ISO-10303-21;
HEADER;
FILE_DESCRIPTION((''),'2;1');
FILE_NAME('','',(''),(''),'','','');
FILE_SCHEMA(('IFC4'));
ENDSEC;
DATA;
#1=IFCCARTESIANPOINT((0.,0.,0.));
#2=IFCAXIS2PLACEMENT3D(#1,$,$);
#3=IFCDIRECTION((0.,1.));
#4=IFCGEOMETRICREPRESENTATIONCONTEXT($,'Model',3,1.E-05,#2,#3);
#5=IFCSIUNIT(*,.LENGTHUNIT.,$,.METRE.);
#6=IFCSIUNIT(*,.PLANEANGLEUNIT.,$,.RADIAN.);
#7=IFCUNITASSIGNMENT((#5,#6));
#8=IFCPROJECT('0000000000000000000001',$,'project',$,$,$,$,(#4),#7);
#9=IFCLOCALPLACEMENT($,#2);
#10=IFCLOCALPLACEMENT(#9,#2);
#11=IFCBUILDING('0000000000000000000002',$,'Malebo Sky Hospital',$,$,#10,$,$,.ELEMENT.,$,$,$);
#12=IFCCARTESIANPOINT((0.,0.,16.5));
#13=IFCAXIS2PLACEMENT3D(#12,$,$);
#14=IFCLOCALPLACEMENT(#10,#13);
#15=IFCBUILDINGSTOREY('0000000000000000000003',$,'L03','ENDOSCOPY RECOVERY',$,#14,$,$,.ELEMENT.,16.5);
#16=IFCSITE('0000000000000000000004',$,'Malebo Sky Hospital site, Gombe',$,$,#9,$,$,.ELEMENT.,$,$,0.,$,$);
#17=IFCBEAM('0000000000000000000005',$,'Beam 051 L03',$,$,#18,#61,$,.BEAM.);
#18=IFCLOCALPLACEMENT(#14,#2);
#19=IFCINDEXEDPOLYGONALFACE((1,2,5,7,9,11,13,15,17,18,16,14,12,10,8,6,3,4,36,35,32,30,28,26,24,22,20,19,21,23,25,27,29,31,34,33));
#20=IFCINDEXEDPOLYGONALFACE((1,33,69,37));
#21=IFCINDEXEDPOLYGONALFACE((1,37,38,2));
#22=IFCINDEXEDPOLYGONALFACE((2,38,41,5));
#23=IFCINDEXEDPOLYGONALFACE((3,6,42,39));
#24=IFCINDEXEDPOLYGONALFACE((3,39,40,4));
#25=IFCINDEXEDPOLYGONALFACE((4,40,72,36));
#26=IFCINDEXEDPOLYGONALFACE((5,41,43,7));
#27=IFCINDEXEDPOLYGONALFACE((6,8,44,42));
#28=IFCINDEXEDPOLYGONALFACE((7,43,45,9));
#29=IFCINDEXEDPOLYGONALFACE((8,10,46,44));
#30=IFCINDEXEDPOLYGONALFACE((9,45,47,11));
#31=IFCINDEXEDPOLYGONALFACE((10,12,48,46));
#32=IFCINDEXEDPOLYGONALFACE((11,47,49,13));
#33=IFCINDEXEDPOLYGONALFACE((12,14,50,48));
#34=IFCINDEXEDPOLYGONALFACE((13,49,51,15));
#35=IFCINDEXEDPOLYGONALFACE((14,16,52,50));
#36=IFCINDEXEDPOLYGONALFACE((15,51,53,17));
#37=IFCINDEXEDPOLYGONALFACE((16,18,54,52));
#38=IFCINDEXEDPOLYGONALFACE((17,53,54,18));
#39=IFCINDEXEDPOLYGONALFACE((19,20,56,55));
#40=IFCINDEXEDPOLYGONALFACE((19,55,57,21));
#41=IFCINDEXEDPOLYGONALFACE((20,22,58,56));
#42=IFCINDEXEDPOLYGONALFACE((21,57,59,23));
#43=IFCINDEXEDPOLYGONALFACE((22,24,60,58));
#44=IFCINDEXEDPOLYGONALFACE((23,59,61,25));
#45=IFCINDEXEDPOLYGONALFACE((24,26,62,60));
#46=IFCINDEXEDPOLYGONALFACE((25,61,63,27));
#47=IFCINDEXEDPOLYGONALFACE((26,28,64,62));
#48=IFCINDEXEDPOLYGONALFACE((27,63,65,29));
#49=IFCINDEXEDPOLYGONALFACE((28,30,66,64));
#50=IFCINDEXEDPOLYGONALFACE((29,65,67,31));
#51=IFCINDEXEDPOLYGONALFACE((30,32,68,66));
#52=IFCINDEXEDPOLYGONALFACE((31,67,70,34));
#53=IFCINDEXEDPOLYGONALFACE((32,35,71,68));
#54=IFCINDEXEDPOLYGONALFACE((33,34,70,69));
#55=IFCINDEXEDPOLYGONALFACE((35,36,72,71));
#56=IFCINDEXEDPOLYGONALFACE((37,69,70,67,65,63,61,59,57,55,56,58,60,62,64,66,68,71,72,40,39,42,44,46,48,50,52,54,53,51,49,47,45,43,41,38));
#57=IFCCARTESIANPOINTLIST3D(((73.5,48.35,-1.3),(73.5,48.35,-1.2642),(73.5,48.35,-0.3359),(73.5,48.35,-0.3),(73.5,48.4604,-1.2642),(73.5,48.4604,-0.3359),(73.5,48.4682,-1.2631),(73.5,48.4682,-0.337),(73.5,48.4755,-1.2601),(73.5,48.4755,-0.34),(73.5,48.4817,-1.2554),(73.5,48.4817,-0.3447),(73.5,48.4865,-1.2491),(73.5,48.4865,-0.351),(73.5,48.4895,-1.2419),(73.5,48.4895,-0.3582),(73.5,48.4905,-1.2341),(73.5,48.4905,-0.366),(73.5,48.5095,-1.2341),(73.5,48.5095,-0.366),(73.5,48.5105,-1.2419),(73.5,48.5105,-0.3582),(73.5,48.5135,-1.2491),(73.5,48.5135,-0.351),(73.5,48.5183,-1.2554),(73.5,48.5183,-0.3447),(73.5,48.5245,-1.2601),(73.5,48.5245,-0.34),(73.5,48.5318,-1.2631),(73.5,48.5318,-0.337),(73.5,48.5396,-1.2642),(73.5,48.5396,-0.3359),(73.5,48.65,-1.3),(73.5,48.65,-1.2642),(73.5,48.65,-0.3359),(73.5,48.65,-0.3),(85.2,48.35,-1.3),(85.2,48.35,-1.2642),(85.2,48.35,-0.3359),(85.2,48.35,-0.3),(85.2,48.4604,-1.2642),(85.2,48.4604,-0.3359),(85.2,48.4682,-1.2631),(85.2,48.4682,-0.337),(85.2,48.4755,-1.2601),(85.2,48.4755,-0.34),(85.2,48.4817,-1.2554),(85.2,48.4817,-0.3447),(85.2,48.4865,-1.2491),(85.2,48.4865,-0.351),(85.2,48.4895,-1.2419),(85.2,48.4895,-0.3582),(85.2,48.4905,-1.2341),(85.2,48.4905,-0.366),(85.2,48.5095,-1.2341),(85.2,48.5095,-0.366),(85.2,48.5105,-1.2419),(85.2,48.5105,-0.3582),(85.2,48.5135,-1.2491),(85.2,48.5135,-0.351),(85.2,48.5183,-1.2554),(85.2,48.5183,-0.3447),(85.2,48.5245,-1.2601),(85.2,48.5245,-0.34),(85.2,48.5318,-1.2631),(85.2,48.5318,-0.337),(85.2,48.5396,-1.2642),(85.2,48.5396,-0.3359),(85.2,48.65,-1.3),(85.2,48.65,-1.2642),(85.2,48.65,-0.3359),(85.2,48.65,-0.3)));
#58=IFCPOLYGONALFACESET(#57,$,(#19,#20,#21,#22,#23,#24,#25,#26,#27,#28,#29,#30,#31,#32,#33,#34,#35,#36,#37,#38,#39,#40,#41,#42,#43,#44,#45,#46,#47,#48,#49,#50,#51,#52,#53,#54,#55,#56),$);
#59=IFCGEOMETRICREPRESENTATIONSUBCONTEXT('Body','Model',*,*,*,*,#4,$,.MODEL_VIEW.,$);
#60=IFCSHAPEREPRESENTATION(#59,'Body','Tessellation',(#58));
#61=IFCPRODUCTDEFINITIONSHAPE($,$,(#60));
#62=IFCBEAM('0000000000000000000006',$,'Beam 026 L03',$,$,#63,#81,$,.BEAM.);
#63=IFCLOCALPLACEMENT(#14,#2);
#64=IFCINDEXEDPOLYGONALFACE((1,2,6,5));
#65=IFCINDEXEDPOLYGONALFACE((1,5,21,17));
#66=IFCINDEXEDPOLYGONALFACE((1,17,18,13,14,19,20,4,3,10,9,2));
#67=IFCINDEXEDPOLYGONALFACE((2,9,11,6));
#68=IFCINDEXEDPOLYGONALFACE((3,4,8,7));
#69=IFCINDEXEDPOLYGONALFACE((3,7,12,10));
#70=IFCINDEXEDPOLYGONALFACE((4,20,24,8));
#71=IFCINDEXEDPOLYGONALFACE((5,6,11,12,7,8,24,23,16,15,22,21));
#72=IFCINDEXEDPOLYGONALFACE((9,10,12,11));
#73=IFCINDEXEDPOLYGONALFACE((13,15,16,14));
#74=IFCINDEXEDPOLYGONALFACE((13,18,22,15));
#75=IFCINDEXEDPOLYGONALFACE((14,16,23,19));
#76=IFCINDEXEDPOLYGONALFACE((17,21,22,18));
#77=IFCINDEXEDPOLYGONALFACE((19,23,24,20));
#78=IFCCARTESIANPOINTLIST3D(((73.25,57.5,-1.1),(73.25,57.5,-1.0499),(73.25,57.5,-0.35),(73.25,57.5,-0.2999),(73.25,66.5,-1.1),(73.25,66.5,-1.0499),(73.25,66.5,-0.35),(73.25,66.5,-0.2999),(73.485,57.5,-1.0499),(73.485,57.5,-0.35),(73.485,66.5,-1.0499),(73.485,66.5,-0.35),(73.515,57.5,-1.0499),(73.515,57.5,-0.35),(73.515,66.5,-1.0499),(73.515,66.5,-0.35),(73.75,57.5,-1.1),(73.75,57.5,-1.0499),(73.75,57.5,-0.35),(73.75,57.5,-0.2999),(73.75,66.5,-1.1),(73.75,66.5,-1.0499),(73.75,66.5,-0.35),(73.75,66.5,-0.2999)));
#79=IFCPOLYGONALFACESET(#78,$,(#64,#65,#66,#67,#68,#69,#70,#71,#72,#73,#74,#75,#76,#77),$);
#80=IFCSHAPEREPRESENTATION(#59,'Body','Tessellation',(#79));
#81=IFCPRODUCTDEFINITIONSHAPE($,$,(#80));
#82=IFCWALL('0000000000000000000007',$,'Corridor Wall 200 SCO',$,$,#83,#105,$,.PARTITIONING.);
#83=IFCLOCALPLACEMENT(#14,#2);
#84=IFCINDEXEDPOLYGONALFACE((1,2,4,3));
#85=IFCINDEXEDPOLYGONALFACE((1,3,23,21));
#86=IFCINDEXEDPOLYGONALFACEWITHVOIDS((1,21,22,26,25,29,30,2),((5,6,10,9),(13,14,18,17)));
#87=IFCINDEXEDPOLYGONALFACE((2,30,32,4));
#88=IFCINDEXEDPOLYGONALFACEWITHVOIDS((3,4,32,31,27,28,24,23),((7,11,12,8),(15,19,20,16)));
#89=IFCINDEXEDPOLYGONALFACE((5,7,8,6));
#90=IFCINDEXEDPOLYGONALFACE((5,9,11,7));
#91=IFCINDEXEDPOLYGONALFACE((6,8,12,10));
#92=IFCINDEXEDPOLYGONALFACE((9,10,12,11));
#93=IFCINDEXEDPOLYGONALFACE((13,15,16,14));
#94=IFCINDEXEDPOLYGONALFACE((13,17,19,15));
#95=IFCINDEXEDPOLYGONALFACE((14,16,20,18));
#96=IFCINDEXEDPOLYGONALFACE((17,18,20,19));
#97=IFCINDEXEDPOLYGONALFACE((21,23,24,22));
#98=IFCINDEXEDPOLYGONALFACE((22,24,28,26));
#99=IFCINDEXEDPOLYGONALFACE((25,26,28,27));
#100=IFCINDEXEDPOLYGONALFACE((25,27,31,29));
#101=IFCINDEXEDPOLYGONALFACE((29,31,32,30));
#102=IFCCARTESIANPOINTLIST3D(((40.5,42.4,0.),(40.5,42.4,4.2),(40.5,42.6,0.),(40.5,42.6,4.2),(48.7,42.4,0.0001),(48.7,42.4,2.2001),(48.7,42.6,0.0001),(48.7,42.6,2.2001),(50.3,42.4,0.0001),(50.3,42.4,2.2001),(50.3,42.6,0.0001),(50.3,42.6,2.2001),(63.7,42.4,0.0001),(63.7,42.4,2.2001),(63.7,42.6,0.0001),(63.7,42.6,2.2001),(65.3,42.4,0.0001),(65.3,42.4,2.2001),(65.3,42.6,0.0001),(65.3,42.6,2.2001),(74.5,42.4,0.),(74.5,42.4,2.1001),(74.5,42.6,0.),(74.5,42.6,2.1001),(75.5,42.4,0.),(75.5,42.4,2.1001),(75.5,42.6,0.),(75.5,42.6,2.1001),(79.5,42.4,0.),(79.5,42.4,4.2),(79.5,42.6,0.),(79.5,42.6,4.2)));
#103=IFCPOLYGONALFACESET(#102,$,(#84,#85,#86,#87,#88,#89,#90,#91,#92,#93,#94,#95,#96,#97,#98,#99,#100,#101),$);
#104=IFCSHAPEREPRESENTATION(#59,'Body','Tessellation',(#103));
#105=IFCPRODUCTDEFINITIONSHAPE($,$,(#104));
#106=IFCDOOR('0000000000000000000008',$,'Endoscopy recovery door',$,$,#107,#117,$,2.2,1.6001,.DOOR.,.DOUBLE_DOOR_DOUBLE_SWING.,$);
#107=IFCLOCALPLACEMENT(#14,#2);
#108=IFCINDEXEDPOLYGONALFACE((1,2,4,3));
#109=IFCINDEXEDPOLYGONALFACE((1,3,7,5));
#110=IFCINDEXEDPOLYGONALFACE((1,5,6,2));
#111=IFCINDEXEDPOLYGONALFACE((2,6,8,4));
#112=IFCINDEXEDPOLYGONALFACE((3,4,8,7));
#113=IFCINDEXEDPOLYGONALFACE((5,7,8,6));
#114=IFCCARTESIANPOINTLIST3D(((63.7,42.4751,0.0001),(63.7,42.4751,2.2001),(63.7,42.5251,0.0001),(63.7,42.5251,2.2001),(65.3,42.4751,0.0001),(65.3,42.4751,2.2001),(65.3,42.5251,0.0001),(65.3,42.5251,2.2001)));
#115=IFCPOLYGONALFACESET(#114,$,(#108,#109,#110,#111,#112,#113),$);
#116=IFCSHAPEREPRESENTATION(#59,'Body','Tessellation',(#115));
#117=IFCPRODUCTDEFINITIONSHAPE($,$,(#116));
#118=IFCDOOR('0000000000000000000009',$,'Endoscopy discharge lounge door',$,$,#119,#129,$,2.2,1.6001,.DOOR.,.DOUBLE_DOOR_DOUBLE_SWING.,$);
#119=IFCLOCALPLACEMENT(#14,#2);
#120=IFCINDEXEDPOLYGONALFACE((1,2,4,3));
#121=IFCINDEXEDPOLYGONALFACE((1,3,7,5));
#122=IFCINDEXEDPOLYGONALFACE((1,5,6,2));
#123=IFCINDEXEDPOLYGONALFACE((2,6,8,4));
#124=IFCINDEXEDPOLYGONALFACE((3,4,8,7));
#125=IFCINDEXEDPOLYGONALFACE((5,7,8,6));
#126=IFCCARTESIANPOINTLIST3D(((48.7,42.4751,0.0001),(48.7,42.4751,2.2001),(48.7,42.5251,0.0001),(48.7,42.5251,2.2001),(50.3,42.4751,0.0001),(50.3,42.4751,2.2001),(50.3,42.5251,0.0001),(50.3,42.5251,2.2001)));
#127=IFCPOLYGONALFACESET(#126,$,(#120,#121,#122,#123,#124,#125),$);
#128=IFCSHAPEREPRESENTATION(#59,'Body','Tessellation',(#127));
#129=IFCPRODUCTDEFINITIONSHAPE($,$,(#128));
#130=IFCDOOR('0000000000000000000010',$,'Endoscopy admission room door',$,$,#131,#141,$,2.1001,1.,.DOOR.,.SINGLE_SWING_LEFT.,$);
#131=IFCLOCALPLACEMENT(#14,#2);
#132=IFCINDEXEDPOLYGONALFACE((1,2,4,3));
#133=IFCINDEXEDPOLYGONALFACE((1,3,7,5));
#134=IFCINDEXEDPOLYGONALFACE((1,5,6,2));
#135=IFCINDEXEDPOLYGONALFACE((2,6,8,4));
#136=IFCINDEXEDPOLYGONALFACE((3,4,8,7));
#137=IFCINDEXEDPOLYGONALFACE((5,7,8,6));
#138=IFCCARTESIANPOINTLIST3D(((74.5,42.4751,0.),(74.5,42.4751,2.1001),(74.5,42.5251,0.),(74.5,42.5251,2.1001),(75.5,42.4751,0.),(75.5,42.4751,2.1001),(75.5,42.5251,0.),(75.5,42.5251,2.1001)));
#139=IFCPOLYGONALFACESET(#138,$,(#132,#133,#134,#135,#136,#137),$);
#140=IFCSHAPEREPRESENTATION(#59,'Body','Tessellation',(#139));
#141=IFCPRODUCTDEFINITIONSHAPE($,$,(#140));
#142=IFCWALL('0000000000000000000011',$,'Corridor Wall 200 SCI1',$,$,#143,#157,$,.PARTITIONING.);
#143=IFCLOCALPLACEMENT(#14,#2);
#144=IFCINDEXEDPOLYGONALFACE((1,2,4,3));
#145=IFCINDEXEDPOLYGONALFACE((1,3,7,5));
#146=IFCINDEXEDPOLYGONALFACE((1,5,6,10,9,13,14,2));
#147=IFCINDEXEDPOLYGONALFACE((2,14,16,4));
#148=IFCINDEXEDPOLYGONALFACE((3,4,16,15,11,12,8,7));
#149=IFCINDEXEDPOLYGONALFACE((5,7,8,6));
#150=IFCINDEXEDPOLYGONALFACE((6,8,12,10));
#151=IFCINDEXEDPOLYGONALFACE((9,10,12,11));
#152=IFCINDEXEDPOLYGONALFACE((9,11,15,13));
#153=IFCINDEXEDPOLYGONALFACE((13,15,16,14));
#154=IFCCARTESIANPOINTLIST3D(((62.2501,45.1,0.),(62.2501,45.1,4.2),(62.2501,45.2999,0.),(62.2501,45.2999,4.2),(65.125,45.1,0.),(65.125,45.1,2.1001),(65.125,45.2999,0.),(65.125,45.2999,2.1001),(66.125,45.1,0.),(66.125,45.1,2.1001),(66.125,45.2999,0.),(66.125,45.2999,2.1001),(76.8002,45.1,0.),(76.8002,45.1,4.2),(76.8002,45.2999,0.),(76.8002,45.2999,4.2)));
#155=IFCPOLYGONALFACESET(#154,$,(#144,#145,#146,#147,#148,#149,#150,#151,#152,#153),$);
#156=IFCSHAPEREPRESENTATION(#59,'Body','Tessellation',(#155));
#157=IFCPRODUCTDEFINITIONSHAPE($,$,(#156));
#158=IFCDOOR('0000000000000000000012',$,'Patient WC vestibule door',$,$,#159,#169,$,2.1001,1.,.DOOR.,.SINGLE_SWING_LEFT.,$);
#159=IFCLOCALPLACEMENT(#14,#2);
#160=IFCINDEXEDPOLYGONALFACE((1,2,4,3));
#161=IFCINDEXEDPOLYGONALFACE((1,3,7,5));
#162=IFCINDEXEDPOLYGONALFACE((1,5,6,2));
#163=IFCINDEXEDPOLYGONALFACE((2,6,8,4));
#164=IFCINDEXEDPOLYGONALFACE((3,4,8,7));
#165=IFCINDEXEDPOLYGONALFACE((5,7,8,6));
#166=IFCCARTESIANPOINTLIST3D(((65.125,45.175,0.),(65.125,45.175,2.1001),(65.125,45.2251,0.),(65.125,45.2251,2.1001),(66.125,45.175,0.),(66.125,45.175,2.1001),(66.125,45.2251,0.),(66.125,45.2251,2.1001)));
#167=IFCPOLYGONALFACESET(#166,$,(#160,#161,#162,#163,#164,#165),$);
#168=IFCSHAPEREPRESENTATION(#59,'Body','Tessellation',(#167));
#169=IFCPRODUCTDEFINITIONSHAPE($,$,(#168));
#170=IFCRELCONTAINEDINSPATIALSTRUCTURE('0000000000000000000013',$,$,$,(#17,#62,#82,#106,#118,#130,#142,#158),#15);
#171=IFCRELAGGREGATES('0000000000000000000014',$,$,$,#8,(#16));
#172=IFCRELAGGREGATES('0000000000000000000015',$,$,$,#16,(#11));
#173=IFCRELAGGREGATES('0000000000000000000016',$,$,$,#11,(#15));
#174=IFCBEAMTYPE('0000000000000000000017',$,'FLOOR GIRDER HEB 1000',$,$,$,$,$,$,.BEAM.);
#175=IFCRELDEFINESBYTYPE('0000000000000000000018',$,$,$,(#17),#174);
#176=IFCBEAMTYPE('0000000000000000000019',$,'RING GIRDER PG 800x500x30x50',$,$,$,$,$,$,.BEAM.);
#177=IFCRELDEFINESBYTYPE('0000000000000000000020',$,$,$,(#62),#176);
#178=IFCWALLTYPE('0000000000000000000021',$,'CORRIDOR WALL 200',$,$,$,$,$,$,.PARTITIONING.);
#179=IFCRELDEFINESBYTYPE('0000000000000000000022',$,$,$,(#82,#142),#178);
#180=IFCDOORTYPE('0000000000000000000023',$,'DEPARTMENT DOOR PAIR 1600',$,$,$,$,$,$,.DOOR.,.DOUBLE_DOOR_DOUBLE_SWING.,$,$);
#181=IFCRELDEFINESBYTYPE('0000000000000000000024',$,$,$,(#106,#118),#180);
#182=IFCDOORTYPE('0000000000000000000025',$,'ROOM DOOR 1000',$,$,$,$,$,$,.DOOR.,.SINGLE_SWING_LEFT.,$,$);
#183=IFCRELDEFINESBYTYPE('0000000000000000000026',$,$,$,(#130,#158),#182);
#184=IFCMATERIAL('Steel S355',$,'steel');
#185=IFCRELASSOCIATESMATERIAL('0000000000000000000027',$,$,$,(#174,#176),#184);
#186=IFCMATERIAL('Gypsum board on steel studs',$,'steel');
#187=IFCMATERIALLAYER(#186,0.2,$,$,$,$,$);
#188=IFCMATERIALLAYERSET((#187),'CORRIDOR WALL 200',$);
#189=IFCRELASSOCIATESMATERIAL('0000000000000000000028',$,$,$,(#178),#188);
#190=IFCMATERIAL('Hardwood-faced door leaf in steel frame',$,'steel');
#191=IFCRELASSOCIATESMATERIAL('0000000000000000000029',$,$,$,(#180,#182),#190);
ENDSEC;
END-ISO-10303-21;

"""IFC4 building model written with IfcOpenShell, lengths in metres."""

from ifc_helpers import new_model, si_unit, direction, frame, frame_2d, origin, origin_2d, place, context, subcontext, project, spatial, rectangle, i_section, extrude, material, layer, layer_set, material_profile, profile_set, type_object, element, fill, save


model = new_model("IFC4")

# Units and contexts
model_context = context("Model", 3, precision=1e-05, world=origin(), true_north=direction((0.0, 1.0)))
body_context = subcontext(model_context, "Body", "Model", "MODEL_VIEW")
ifc_project = project(units=[si_unit("LENGTHUNIT", "METRE"), si_unit("PLANEANGLEUNIT", "RADIAN")], contexts=[model_context])

# Site, building, storey
site_placement = place(None, origin())
site = spatial("IfcSite", under=ifc_project, at=site_placement, Name="Malebo Sky Hospital site, Gombe", CompositionType="ELEMENT", RefElevation=0.0)
building_placement = place(site_placement, origin())
building = spatial("IfcBuilding", under=site, at=building_placement, Name="Malebo Sky Hospital", CompositionType="ELEMENT")
storey_placement = place(building_placement, frame((0.0, 0.0, 16.5)))
storey = spatial("IfcBuildingStorey", under=building, at=storey_placement, Name="L03", Description="ENDOSCOPY RECOVERY", CompositionType="ELEMENT", Elevation=16.5)

# Beams
ifc_material_1 = material(Name="Steel S355", Category="steel")
ifc_material_profile_1 = material_profile(ifc_material_1, i_section(OverallWidth=0.3, OverallDepth=1.0, WebThickness=0.019, FlangeThickness=0.0359, FilletRadius=0.03, at=origin_2d()), Name="HEB 1000")
ifc_profile_set_1 = profile_set([ifc_material_profile_1], Name="Steel S355")
beam_type_1 = type_object("IfcBeamType", Name="FLOOR GIRDER HEB 1000", PredefinedType="BEAM", material=ifc_profile_set_1)
beam_1_placement = place(storey_placement, frame((73.5, 48.5, -0.8), z_axis=(1.0, 0.0, 0.0), x_axis=(0.0, 1.0, 0.0)))
element("IfcBeam", 1, at=beam_1_placement, inside=storey, type_object=beam_type_1, Name="Beam 051 L03", PredefinedType="BEAM", context=body_context, shape_type="SweptSolid", body=[
    extrude(i_section(OverallWidth=0.3, OverallDepth=1.0, WebThickness=0.019, FlangeThickness=0.0359, FilletRadius=0.03, at=origin_2d()), origin(), (0.0, 0.0, 1.0), 11.7),
])
ifc_material_profile_2 = material_profile(ifc_material_1, i_section(OverallWidth=0.5, OverallDepth=0.8, WebThickness=0.03, FlangeThickness=0.05, at=origin_2d()), Name="PG 800x500x30x50")
ifc_profile_set_2 = profile_set([ifc_material_profile_2], Name="Steel S355")
beam_type_2 = type_object("IfcBeamType", Name="RING GIRDER PG 800x500x30x50", PredefinedType="BEAM", material=ifc_profile_set_2)
beam_2_placement = place(storey_placement, frame((73.5, 57.5, -0.7), z_axis=(0.0, 1.0, 0.0), x_axis=(-1.0, 0.0, 0.0)))
element("IfcBeam", 2, at=beam_2_placement, inside=storey, type_object=beam_type_2, Name="Beam 026 L03", PredefinedType="BEAM", context=body_context, shape_type="SweptSolid", body=[
    extrude(i_section(OverallWidth=0.5, OverallDepth=0.8, WebThickness=0.03, FlangeThickness=0.05, at=origin_2d()), origin(), (0.0, 0.0, 1.0), 9.0),
])

# Wall, openings, doors
ifc_material_2 = material(Name="Gypsum board on steel studs", Category="steel")
ifc_layer_1 = layer(ifc_material_2, 0.2)
ifc_layer_set_1 = layer_set([ifc_layer_1], Name="CORRIDOR WALL 200")
wall_type_1 = type_object("IfcWallType", Name="CORRIDOR WALL 200", PredefinedType="PARTITIONING", material=ifc_layer_set_1)
wall_1_placement = place(storey_placement, frame((79.5, 42.5, 0.0), z_axis=(0.0, 0.0, 1.0), x_axis=(-1.0, 0.0, 0.0)))
wall_1 = element("IfcWall", 3, at=wall_1_placement, inside=storey, type_object=wall_type_1, Name="Corridor Wall 200 SCO", PredefinedType="PARTITIONING", context=body_context, shape_type="SweptSolid", body=[
    extrude(rectangle(XDim=39.0, YDim=0.2, at=frame_2d((19.5, 0.0))), origin(), (0.0, 0.0, 1.0), 4.2),
])
opening_1_placement = place(wall_1_placement, frame((4.0, 0.0, 0.0)))
opening_1 = element("IfcOpeningElement", 4, at=opening_1_placement, cuts=wall_1, PredefinedType="OPENING", context=body_context, shape_type="SweptSolid", body=[
    extrude(rectangle(XDim=1.0, YDim=2.1001, at=frame_2d((0.5, 1.05))), frame((0.0, 0.1099, 0.0), z_axis=(0.0, -1.0, 0.0), x_axis=(1.0, 0.0, 0.0)), (0.0, 0.0, 1.0), 0.22),
])
opening_2_placement = place(wall_1_placement, frame((14.2, 0.0, 0.0)))
opening_2 = element("IfcOpeningElement", 5, at=opening_2_placement, cuts=wall_1, PredefinedType="OPENING", context=body_context, shape_type="SweptSolid", body=[
    extrude(rectangle(XDim=1.6001, YDim=2.2, at=frame_2d((0.8, 1.1001))), frame((0.0, 0.1099, 0.0), z_axis=(0.0, -1.0, 0.0), x_axis=(1.0, 0.0, 0.0)), (0.0, 0.0, 1.0), 0.22),
])
opening_3_placement = place(wall_1_placement, frame((29.2, 0.0, 0.0)))
opening_3 = element("IfcOpeningElement", 6, at=opening_3_placement, cuts=wall_1, PredefinedType="OPENING", context=body_context, shape_type="SweptSolid", body=[
    extrude(rectangle(XDim=1.6001, YDim=2.2, at=frame_2d((0.8, 1.1001))), frame((0.0, 0.1099, 0.0), z_axis=(0.0, -1.0, 0.0), x_axis=(1.0, 0.0, 0.0)), (0.0, 0.0, 1.0), 0.22),
])
ifc_material_3 = material(Name="Hardwood-faced door leaf in steel frame", Category="steel")
door_type_1 = type_object("IfcDoorType", Name="DEPARTMENT DOOR PAIR 1600", OperationType="DOUBLE_DOOR_DOUBLE_SWING", PredefinedType="DOOR", material=ifc_material_3)
door_1_placement = place(opening_2_placement, origin())
door_1 = element("IfcDoor", 7, at=door_1_placement, inside=storey, type_object=door_type_1, Name="Endoscopy recovery door", OperationType="DOUBLE_DOOR_DOUBLE_SWING", OverallHeight=2.2, OverallWidth=1.6001, PredefinedType="DOOR", context=body_context, shape_type="SweptSolid", body=[
    extrude(rectangle(XDim=1.6001, YDim=2.2, at=frame_2d((0.8, 1.1001))), frame((0.0, 0.0249, 0.0), z_axis=(0.0, -1.0, 0.0), x_axis=(1.0, 0.0, 0.0)), (0.0, 0.0, 1.0), 0.05),
])
fill(opening_2, door_1)
door_2_placement = place(opening_3_placement, origin())
door_2 = element("IfcDoor", 8, at=door_2_placement, inside=storey, type_object=door_type_1, Name="Endoscopy discharge lounge door", OperationType="DOUBLE_DOOR_DOUBLE_SWING", OverallHeight=2.2, OverallWidth=1.6001, PredefinedType="DOOR", context=body_context, shape_type="SweptSolid", body=[
    extrude(rectangle(XDim=1.6001, YDim=2.2, at=frame_2d((0.8, 1.1001))), frame((0.0, 0.0249, 0.0), z_axis=(0.0, -1.0, 0.0), x_axis=(1.0, 0.0, 0.0)), (0.0, 0.0, 1.0), 0.05),
])
fill(opening_3, door_2)
door_type_2 = type_object("IfcDoorType", Name="ROOM DOOR 1000", OperationType="SINGLE_SWING_LEFT", PredefinedType="DOOR", material=ifc_material_3)
door_3_placement = place(opening_1_placement, origin())
door_3 = element("IfcDoor", 9, at=door_3_placement, inside=storey, type_object=door_type_2, Name="Endoscopy admission room door", OperationType="SINGLE_SWING_LEFT", OverallHeight=2.1001, OverallWidth=1.0, PredefinedType="DOOR", context=body_context, shape_type="SweptSolid", body=[
    extrude(rectangle(XDim=1.0, YDim=2.1001, at=frame_2d((0.5, 1.05))), frame((0.0, 0.0249, 0.0), z_axis=(0.0, -1.0, 0.0), x_axis=(1.0, 0.0, 0.0)), (0.0, 0.0, 1.0), 0.05),
])
fill(opening_1, door_3)

# Wall, opening, door
wall_2_placement = place(storey_placement, frame((76.8, 45.2, 0.0), z_axis=(0.0, 0.0, 1.0), x_axis=(-1.0, 0.0, 0.0)))
wall_2 = element("IfcWall", 10, at=wall_2_placement, inside=storey, type_object=wall_type_1, Name="Corridor Wall 200 SCI1", PredefinedType="PARTITIONING", context=body_context, shape_type="SweptSolid", body=[
    extrude(rectangle(XDim=14.55, YDim=0.2, at=frame_2d((7.2749, 0.0))), origin(), (0.0, 0.0, 1.0), 4.2),
])
opening_4_placement = place(wall_2_placement, frame((10.675, 0.0, 0.0)))
opening_4 = element("IfcOpeningElement", 11, at=opening_4_placement, cuts=wall_2, PredefinedType="OPENING", context=body_context, shape_type="SweptSolid", body=[
    extrude(rectangle(XDim=1.0, YDim=2.1001, at=frame_2d((0.5, 1.05))), frame((0.0, 0.1099, 0.0), z_axis=(0.0, -1.0, 0.0), x_axis=(1.0, 0.0, 0.0)), (0.0, 0.0, 1.0), 0.22),
])
door_4_placement = place(opening_4_placement, origin())
door_4 = element("IfcDoor", 12, at=door_4_placement, inside=storey, type_object=door_type_2, Name="Patient WC vestibule door", OperationType="SINGLE_SWING_LEFT", OverallHeight=2.1001, OverallWidth=1.0, PredefinedType="DOOR", context=body_context, shape_type="SweptSolid", body=[
    extrude(rectangle(XDim=1.0, YDim=2.1001, at=frame_2d((0.5, 1.05))), frame((0.0, 0.0249, 0.0), z_axis=(0.0, -1.0, 0.0), x_axis=(1.0, 0.0, 0.0)), (0.0, 0.0, 1.0), 0.05),
])
fill(opening_4, door_4)

save(model, "model.ifc")
